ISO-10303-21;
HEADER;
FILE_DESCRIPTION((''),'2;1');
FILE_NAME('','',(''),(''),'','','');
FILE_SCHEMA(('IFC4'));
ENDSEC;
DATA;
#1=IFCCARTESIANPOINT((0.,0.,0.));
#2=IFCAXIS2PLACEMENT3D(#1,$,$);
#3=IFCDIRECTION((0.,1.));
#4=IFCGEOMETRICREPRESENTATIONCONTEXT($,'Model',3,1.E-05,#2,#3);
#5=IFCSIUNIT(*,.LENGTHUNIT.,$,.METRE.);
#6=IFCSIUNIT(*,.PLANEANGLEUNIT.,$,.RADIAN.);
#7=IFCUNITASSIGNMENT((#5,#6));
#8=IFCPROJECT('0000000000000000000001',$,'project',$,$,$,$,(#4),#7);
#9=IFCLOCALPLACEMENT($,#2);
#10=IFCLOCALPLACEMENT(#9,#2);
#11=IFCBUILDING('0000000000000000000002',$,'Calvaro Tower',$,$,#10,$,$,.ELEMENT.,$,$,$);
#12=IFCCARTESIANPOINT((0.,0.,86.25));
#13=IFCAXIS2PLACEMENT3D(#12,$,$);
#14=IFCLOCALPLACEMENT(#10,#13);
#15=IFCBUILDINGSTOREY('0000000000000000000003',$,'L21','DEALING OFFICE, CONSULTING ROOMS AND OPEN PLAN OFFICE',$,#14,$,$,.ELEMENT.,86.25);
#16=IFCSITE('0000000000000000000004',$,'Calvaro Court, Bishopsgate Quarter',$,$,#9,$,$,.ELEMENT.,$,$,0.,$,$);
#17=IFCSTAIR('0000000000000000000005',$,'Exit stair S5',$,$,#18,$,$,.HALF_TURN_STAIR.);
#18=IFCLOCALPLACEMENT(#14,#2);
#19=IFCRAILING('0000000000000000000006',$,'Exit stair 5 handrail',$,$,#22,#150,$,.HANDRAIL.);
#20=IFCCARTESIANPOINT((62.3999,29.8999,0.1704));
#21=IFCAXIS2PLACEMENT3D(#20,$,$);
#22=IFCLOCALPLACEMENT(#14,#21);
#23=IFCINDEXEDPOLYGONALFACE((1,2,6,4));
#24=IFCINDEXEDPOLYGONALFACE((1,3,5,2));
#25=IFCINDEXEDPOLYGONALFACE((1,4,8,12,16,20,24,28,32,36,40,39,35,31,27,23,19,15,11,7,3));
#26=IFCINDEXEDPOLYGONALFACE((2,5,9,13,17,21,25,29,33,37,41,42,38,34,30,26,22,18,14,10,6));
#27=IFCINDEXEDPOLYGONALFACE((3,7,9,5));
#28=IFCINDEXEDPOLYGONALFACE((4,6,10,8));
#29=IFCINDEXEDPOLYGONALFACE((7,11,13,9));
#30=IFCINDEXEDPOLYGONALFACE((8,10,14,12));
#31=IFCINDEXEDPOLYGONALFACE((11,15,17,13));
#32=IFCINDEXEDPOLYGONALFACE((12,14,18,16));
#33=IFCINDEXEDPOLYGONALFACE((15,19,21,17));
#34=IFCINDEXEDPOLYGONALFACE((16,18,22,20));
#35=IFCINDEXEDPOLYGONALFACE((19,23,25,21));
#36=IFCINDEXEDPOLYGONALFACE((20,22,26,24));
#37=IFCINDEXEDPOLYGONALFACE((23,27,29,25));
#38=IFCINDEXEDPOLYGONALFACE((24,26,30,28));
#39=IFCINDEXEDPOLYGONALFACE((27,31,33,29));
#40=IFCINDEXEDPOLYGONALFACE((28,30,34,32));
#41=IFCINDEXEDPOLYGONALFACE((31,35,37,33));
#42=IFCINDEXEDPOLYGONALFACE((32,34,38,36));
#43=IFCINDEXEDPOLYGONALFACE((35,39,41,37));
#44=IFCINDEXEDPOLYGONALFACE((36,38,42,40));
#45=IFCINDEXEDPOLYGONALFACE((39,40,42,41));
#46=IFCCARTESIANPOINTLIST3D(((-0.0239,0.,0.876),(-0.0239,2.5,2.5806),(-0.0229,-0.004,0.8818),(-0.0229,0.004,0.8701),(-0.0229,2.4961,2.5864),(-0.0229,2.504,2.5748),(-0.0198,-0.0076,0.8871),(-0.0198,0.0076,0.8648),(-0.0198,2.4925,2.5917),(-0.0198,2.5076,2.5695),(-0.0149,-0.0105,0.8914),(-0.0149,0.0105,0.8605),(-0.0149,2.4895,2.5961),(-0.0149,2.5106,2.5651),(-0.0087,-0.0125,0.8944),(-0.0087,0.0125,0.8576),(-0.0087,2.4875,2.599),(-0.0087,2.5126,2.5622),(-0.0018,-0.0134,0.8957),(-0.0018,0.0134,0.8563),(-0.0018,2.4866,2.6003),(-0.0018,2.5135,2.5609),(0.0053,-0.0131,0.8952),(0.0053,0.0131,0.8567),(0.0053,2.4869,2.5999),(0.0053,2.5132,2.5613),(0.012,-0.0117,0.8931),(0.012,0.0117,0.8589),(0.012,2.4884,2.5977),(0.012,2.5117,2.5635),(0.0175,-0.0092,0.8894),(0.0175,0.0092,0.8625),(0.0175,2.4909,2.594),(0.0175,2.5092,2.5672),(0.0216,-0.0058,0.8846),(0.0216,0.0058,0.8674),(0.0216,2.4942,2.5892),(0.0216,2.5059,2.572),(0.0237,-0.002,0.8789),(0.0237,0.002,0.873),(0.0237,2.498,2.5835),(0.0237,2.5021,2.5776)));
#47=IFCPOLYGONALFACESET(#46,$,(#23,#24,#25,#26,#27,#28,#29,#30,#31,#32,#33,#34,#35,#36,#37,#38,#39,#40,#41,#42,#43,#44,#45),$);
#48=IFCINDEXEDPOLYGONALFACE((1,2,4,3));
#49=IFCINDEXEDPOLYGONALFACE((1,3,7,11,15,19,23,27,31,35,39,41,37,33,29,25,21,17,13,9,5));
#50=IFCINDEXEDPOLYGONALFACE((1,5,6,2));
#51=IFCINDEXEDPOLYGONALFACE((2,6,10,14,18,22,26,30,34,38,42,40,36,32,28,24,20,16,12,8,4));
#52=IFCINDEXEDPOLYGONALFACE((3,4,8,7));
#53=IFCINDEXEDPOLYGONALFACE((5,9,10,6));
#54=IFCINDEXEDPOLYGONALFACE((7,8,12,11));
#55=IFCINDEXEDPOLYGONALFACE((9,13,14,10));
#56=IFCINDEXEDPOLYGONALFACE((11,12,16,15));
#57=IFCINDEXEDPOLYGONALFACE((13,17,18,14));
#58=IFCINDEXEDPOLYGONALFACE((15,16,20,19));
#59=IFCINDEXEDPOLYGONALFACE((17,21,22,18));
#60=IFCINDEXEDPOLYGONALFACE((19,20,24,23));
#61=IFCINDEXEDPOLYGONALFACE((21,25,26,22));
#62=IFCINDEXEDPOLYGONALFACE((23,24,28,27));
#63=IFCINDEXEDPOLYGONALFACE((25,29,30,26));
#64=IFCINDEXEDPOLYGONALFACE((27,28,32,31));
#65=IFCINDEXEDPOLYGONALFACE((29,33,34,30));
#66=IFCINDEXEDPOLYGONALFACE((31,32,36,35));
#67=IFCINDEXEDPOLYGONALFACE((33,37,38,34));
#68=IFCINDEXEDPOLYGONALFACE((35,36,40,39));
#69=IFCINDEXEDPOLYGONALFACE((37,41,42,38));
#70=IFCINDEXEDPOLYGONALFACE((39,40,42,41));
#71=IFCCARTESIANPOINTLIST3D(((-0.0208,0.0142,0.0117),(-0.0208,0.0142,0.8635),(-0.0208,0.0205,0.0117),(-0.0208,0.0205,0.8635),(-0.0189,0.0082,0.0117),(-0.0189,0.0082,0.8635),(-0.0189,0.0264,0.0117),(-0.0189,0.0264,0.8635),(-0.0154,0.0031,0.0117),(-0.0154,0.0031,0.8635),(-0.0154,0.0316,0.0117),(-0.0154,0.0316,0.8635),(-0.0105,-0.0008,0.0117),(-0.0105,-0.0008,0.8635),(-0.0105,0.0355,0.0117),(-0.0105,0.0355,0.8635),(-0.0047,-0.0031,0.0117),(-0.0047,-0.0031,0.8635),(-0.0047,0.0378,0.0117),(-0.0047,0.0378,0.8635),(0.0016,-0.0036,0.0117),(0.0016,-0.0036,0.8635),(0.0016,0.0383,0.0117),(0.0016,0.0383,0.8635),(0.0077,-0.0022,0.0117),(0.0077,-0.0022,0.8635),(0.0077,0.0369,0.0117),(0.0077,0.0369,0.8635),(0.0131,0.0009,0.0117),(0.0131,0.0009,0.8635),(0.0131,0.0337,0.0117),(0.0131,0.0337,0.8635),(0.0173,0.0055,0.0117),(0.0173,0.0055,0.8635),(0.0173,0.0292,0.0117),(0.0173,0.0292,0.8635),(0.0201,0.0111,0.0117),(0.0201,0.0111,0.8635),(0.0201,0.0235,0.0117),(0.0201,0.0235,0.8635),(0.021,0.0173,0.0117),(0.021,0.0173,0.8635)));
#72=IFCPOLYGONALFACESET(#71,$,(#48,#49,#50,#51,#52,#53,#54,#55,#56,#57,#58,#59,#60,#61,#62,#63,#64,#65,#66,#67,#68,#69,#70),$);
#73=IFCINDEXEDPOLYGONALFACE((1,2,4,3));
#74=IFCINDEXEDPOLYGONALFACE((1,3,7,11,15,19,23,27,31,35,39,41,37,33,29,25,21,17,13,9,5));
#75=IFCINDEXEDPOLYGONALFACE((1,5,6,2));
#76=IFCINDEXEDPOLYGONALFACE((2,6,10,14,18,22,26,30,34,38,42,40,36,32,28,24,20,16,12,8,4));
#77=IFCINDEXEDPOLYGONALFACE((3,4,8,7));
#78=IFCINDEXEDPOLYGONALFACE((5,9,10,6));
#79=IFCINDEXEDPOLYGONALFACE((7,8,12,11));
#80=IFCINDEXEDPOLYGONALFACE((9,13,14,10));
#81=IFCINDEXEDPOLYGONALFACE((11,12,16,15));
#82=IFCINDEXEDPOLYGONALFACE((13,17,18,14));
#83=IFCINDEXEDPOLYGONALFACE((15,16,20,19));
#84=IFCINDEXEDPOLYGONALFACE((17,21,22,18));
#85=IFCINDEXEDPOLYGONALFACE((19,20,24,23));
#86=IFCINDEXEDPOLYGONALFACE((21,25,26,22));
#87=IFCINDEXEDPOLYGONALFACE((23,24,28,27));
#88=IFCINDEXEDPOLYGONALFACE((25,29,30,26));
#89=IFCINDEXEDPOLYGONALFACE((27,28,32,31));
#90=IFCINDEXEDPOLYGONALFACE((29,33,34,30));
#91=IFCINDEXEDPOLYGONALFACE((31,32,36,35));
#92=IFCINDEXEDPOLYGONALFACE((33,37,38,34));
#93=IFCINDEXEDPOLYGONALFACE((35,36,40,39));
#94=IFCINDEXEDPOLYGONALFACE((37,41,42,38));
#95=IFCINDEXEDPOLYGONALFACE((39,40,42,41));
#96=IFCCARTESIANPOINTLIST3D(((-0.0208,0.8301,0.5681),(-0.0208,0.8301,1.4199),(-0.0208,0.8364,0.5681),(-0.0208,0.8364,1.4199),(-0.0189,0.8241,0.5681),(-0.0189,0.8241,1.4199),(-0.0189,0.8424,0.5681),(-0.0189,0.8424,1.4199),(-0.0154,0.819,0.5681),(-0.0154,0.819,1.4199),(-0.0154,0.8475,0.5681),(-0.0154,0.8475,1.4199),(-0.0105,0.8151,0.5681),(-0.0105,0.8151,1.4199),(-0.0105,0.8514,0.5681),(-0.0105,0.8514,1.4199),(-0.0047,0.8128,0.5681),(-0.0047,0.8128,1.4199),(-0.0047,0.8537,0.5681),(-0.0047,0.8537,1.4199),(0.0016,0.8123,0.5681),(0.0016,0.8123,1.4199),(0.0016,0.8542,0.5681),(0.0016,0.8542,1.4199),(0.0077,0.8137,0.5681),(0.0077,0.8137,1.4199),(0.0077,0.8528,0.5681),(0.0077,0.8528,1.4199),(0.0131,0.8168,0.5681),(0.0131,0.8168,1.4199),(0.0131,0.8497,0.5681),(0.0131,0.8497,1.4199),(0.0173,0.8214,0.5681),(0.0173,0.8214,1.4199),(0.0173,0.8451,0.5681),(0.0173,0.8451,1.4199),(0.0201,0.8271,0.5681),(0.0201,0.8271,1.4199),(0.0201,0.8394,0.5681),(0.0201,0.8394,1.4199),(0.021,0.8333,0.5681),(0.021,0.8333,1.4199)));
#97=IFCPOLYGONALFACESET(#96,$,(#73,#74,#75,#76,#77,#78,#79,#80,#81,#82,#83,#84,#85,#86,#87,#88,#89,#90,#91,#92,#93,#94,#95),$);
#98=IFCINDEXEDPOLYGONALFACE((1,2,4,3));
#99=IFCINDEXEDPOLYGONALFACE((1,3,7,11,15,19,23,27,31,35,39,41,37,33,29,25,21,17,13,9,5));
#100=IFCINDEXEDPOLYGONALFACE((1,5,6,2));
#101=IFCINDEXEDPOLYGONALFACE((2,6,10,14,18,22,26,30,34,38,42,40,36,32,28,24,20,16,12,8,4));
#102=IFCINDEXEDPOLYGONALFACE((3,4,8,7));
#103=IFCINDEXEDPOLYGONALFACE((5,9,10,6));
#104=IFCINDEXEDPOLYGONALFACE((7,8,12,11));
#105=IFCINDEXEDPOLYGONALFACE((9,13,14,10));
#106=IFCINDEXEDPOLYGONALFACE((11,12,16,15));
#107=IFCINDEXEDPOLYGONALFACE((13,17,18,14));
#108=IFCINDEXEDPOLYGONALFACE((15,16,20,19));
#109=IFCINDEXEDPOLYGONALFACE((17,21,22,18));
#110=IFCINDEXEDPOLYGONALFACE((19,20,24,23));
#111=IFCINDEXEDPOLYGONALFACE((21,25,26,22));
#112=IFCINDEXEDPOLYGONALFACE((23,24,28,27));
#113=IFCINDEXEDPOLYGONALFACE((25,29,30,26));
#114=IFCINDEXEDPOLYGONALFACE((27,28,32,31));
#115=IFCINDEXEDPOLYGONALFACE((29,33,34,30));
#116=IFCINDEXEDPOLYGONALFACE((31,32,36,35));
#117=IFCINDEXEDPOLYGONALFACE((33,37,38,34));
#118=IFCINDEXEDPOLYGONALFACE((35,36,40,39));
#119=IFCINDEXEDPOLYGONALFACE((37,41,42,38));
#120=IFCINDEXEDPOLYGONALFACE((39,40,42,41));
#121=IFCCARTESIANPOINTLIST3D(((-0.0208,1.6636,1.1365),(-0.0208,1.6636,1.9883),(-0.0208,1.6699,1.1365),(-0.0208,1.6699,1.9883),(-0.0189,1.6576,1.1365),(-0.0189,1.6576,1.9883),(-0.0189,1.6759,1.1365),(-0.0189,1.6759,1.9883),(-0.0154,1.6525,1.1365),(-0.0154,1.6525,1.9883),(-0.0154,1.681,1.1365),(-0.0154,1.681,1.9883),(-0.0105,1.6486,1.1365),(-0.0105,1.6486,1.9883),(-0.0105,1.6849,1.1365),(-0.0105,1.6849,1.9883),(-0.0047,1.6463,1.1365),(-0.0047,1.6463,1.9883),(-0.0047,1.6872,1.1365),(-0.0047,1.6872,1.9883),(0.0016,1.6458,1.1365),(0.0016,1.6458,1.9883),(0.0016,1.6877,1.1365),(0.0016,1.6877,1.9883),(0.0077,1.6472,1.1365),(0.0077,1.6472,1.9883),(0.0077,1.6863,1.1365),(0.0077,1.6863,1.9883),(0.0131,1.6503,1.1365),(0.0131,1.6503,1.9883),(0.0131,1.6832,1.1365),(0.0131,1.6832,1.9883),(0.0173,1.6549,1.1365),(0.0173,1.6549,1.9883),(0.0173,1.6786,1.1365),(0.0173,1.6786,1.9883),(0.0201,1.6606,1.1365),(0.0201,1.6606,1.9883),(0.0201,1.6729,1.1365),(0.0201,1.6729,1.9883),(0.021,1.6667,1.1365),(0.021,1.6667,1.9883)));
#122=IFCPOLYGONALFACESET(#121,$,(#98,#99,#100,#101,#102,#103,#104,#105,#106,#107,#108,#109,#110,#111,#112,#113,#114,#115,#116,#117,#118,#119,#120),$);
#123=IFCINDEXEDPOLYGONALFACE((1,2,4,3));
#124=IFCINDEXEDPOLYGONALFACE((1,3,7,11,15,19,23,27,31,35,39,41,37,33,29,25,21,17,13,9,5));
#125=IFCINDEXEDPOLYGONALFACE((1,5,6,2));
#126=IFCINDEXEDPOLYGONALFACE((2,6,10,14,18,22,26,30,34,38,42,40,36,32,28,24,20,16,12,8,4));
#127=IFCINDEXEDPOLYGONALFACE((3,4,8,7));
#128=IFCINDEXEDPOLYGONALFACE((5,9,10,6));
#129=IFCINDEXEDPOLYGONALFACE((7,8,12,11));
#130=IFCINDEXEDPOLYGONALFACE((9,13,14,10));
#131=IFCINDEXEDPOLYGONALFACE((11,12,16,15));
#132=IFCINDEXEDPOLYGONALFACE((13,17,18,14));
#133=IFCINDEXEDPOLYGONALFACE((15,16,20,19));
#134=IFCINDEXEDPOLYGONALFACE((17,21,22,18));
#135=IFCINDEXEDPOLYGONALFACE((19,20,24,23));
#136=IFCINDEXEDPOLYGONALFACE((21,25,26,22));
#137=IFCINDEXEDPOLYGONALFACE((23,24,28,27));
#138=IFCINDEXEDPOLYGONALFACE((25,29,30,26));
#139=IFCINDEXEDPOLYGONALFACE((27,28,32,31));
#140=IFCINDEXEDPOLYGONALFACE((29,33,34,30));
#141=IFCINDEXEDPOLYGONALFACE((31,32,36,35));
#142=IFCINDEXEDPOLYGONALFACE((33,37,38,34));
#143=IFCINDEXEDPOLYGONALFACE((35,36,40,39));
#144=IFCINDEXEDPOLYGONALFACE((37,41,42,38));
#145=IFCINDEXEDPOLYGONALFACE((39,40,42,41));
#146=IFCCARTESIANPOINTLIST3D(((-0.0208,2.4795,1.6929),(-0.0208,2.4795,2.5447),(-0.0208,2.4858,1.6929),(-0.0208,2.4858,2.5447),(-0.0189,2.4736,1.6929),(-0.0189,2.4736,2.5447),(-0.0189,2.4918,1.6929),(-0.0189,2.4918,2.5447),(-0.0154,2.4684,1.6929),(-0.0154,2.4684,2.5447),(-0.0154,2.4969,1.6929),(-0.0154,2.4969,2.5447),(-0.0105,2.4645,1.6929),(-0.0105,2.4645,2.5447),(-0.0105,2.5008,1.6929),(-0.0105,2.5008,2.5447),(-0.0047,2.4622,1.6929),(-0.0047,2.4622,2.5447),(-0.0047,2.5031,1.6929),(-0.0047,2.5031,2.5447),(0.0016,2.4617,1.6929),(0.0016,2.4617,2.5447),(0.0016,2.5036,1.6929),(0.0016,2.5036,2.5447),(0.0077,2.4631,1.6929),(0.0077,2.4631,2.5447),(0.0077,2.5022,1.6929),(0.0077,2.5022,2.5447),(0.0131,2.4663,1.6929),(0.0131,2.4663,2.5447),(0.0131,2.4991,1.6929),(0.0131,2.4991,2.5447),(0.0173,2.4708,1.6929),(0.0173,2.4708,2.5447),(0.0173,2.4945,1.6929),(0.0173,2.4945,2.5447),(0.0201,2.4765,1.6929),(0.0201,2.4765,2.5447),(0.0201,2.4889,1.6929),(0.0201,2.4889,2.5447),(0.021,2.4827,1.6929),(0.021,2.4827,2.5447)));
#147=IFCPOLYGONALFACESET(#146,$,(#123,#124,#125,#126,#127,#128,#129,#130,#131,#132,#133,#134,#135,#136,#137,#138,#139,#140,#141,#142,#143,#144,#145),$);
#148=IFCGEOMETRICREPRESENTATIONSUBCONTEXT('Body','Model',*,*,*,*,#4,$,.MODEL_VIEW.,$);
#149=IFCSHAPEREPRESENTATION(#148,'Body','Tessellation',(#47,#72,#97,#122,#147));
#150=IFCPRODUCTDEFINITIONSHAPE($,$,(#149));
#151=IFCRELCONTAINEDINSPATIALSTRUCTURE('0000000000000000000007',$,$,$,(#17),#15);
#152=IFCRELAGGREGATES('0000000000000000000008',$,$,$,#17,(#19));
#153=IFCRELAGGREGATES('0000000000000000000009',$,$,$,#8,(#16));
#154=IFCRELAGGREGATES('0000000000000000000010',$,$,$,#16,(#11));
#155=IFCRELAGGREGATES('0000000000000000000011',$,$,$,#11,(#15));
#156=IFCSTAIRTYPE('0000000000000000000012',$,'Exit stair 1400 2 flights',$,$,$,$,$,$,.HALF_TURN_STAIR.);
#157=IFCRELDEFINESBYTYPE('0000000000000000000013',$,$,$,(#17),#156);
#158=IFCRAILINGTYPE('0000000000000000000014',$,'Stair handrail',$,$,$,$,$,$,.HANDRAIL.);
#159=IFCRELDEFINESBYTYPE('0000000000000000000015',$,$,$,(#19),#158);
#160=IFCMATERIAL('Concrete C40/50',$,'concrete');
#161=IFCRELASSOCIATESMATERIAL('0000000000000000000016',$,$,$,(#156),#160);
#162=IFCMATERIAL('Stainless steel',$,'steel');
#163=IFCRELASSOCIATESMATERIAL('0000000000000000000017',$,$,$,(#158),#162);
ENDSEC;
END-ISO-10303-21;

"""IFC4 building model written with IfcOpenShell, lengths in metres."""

from ifc_helpers import new_model, si_unit, direction, frame, origin, origin_2d, place, context, subcontext, project, spatial, circle, extrude, material, type_object, element, aggregate, save


model = new_model("IFC4")

# Units and contexts
model_context = context("Model", 3, precision=1e-05, world=origin(), true_north=direction((0.0, 1.0)))
body_context = subcontext(model_context, "Body", "Model", "MODEL_VIEW")
ifc_project = project(units=[si_unit("LENGTHUNIT", "METRE"), si_unit("PLANEANGLEUNIT", "RADIAN")], contexts=[model_context])

# Site, building, storey
site_placement = place(None, origin())
site = spatial("IfcSite", under=ifc_project, at=site_placement, Name="Calvaro Court, Bishopsgate Quarter", CompositionType="ELEMENT", RefElevation=0.0)
building_placement = place(site_placement, origin())
building = spatial("IfcBuilding", under=site, at=building_placement, Name="Calvaro Tower", CompositionType="ELEMENT")
storey_placement = place(building_placement, frame((0.0, 0.0, 86.25)))
storey = spatial("IfcBuildingStorey", under=building, at=storey_placement, Name="L21", Description="DEALING OFFICE, CONSULTING ROOMS AND OPEN PLAN OFFICE", CompositionType="ELEMENT", Elevation=86.25)

# Stair
ifc_material_1 = material(Name="Concrete C40/50", Category="concrete")
stair_type = type_object("IfcStairType", Name="Exit stair 1400 2 flights", PredefinedType="HALF_TURN_STAIR", material=ifc_material_1)
stair_1_placement = place(storey_placement, origin())
stair_1 = element("IfcStair", 1, at=stair_1_placement, inside=storey, type_object=stair_type, Name="Exit stair S5", PredefinedType="HALF_TURN_STAIR")

# Shared definitions
ifc_material_2 = material(Name="Stainless steel", Category="steel")
railing_type = type_object("IfcRailingType", Name="Stair handrail", PredefinedType="HANDRAIL", material=ifc_material_2)

# Railing
railing_1_placement = place(storey_placement, frame((62.3999, 29.8999, 0.1704)))
railing_1 = element("IfcRailing", 2, at=railing_1_placement, type_object=railing_type, Name="Exit stair 5 handrail", PredefinedType="HANDRAIL", context=body_context, shape_type="SweptSolid", body=[
    extrude(circle(Radius=0.0239, at=origin_2d()), frame((0.0, 0.0, 0.876), z_axis=(0.0, 0.826221, 0.563347), x_axis=(-1.0, 0.0, 0.0)), (0.0, 0.0, 1.0), 3.0259),
    extrude(circle(Radius=0.021, at=origin_2d()), frame((0.0, 0.0173, 0.0117)), (0.0, 0.0, 1.0), 0.8518),
    extrude(circle(Radius=0.021, at=origin_2d()), frame((0.0, 0.8333, 0.5681)), (0.0, 0.0, 1.0), 0.8518),
    extrude(circle(Radius=0.021, at=origin_2d()), frame((0.0, 1.6667, 1.1365)), (0.0, 0.0, 1.0), 0.8518),
    extrude(circle(Radius=0.021, at=origin_2d()), frame((0.0, 2.4827, 1.6929)), (0.0, 0.0, 1.0), 0.8518),
])
aggregate(stair_1, [railing_1])

save(model, "model.ifc")
